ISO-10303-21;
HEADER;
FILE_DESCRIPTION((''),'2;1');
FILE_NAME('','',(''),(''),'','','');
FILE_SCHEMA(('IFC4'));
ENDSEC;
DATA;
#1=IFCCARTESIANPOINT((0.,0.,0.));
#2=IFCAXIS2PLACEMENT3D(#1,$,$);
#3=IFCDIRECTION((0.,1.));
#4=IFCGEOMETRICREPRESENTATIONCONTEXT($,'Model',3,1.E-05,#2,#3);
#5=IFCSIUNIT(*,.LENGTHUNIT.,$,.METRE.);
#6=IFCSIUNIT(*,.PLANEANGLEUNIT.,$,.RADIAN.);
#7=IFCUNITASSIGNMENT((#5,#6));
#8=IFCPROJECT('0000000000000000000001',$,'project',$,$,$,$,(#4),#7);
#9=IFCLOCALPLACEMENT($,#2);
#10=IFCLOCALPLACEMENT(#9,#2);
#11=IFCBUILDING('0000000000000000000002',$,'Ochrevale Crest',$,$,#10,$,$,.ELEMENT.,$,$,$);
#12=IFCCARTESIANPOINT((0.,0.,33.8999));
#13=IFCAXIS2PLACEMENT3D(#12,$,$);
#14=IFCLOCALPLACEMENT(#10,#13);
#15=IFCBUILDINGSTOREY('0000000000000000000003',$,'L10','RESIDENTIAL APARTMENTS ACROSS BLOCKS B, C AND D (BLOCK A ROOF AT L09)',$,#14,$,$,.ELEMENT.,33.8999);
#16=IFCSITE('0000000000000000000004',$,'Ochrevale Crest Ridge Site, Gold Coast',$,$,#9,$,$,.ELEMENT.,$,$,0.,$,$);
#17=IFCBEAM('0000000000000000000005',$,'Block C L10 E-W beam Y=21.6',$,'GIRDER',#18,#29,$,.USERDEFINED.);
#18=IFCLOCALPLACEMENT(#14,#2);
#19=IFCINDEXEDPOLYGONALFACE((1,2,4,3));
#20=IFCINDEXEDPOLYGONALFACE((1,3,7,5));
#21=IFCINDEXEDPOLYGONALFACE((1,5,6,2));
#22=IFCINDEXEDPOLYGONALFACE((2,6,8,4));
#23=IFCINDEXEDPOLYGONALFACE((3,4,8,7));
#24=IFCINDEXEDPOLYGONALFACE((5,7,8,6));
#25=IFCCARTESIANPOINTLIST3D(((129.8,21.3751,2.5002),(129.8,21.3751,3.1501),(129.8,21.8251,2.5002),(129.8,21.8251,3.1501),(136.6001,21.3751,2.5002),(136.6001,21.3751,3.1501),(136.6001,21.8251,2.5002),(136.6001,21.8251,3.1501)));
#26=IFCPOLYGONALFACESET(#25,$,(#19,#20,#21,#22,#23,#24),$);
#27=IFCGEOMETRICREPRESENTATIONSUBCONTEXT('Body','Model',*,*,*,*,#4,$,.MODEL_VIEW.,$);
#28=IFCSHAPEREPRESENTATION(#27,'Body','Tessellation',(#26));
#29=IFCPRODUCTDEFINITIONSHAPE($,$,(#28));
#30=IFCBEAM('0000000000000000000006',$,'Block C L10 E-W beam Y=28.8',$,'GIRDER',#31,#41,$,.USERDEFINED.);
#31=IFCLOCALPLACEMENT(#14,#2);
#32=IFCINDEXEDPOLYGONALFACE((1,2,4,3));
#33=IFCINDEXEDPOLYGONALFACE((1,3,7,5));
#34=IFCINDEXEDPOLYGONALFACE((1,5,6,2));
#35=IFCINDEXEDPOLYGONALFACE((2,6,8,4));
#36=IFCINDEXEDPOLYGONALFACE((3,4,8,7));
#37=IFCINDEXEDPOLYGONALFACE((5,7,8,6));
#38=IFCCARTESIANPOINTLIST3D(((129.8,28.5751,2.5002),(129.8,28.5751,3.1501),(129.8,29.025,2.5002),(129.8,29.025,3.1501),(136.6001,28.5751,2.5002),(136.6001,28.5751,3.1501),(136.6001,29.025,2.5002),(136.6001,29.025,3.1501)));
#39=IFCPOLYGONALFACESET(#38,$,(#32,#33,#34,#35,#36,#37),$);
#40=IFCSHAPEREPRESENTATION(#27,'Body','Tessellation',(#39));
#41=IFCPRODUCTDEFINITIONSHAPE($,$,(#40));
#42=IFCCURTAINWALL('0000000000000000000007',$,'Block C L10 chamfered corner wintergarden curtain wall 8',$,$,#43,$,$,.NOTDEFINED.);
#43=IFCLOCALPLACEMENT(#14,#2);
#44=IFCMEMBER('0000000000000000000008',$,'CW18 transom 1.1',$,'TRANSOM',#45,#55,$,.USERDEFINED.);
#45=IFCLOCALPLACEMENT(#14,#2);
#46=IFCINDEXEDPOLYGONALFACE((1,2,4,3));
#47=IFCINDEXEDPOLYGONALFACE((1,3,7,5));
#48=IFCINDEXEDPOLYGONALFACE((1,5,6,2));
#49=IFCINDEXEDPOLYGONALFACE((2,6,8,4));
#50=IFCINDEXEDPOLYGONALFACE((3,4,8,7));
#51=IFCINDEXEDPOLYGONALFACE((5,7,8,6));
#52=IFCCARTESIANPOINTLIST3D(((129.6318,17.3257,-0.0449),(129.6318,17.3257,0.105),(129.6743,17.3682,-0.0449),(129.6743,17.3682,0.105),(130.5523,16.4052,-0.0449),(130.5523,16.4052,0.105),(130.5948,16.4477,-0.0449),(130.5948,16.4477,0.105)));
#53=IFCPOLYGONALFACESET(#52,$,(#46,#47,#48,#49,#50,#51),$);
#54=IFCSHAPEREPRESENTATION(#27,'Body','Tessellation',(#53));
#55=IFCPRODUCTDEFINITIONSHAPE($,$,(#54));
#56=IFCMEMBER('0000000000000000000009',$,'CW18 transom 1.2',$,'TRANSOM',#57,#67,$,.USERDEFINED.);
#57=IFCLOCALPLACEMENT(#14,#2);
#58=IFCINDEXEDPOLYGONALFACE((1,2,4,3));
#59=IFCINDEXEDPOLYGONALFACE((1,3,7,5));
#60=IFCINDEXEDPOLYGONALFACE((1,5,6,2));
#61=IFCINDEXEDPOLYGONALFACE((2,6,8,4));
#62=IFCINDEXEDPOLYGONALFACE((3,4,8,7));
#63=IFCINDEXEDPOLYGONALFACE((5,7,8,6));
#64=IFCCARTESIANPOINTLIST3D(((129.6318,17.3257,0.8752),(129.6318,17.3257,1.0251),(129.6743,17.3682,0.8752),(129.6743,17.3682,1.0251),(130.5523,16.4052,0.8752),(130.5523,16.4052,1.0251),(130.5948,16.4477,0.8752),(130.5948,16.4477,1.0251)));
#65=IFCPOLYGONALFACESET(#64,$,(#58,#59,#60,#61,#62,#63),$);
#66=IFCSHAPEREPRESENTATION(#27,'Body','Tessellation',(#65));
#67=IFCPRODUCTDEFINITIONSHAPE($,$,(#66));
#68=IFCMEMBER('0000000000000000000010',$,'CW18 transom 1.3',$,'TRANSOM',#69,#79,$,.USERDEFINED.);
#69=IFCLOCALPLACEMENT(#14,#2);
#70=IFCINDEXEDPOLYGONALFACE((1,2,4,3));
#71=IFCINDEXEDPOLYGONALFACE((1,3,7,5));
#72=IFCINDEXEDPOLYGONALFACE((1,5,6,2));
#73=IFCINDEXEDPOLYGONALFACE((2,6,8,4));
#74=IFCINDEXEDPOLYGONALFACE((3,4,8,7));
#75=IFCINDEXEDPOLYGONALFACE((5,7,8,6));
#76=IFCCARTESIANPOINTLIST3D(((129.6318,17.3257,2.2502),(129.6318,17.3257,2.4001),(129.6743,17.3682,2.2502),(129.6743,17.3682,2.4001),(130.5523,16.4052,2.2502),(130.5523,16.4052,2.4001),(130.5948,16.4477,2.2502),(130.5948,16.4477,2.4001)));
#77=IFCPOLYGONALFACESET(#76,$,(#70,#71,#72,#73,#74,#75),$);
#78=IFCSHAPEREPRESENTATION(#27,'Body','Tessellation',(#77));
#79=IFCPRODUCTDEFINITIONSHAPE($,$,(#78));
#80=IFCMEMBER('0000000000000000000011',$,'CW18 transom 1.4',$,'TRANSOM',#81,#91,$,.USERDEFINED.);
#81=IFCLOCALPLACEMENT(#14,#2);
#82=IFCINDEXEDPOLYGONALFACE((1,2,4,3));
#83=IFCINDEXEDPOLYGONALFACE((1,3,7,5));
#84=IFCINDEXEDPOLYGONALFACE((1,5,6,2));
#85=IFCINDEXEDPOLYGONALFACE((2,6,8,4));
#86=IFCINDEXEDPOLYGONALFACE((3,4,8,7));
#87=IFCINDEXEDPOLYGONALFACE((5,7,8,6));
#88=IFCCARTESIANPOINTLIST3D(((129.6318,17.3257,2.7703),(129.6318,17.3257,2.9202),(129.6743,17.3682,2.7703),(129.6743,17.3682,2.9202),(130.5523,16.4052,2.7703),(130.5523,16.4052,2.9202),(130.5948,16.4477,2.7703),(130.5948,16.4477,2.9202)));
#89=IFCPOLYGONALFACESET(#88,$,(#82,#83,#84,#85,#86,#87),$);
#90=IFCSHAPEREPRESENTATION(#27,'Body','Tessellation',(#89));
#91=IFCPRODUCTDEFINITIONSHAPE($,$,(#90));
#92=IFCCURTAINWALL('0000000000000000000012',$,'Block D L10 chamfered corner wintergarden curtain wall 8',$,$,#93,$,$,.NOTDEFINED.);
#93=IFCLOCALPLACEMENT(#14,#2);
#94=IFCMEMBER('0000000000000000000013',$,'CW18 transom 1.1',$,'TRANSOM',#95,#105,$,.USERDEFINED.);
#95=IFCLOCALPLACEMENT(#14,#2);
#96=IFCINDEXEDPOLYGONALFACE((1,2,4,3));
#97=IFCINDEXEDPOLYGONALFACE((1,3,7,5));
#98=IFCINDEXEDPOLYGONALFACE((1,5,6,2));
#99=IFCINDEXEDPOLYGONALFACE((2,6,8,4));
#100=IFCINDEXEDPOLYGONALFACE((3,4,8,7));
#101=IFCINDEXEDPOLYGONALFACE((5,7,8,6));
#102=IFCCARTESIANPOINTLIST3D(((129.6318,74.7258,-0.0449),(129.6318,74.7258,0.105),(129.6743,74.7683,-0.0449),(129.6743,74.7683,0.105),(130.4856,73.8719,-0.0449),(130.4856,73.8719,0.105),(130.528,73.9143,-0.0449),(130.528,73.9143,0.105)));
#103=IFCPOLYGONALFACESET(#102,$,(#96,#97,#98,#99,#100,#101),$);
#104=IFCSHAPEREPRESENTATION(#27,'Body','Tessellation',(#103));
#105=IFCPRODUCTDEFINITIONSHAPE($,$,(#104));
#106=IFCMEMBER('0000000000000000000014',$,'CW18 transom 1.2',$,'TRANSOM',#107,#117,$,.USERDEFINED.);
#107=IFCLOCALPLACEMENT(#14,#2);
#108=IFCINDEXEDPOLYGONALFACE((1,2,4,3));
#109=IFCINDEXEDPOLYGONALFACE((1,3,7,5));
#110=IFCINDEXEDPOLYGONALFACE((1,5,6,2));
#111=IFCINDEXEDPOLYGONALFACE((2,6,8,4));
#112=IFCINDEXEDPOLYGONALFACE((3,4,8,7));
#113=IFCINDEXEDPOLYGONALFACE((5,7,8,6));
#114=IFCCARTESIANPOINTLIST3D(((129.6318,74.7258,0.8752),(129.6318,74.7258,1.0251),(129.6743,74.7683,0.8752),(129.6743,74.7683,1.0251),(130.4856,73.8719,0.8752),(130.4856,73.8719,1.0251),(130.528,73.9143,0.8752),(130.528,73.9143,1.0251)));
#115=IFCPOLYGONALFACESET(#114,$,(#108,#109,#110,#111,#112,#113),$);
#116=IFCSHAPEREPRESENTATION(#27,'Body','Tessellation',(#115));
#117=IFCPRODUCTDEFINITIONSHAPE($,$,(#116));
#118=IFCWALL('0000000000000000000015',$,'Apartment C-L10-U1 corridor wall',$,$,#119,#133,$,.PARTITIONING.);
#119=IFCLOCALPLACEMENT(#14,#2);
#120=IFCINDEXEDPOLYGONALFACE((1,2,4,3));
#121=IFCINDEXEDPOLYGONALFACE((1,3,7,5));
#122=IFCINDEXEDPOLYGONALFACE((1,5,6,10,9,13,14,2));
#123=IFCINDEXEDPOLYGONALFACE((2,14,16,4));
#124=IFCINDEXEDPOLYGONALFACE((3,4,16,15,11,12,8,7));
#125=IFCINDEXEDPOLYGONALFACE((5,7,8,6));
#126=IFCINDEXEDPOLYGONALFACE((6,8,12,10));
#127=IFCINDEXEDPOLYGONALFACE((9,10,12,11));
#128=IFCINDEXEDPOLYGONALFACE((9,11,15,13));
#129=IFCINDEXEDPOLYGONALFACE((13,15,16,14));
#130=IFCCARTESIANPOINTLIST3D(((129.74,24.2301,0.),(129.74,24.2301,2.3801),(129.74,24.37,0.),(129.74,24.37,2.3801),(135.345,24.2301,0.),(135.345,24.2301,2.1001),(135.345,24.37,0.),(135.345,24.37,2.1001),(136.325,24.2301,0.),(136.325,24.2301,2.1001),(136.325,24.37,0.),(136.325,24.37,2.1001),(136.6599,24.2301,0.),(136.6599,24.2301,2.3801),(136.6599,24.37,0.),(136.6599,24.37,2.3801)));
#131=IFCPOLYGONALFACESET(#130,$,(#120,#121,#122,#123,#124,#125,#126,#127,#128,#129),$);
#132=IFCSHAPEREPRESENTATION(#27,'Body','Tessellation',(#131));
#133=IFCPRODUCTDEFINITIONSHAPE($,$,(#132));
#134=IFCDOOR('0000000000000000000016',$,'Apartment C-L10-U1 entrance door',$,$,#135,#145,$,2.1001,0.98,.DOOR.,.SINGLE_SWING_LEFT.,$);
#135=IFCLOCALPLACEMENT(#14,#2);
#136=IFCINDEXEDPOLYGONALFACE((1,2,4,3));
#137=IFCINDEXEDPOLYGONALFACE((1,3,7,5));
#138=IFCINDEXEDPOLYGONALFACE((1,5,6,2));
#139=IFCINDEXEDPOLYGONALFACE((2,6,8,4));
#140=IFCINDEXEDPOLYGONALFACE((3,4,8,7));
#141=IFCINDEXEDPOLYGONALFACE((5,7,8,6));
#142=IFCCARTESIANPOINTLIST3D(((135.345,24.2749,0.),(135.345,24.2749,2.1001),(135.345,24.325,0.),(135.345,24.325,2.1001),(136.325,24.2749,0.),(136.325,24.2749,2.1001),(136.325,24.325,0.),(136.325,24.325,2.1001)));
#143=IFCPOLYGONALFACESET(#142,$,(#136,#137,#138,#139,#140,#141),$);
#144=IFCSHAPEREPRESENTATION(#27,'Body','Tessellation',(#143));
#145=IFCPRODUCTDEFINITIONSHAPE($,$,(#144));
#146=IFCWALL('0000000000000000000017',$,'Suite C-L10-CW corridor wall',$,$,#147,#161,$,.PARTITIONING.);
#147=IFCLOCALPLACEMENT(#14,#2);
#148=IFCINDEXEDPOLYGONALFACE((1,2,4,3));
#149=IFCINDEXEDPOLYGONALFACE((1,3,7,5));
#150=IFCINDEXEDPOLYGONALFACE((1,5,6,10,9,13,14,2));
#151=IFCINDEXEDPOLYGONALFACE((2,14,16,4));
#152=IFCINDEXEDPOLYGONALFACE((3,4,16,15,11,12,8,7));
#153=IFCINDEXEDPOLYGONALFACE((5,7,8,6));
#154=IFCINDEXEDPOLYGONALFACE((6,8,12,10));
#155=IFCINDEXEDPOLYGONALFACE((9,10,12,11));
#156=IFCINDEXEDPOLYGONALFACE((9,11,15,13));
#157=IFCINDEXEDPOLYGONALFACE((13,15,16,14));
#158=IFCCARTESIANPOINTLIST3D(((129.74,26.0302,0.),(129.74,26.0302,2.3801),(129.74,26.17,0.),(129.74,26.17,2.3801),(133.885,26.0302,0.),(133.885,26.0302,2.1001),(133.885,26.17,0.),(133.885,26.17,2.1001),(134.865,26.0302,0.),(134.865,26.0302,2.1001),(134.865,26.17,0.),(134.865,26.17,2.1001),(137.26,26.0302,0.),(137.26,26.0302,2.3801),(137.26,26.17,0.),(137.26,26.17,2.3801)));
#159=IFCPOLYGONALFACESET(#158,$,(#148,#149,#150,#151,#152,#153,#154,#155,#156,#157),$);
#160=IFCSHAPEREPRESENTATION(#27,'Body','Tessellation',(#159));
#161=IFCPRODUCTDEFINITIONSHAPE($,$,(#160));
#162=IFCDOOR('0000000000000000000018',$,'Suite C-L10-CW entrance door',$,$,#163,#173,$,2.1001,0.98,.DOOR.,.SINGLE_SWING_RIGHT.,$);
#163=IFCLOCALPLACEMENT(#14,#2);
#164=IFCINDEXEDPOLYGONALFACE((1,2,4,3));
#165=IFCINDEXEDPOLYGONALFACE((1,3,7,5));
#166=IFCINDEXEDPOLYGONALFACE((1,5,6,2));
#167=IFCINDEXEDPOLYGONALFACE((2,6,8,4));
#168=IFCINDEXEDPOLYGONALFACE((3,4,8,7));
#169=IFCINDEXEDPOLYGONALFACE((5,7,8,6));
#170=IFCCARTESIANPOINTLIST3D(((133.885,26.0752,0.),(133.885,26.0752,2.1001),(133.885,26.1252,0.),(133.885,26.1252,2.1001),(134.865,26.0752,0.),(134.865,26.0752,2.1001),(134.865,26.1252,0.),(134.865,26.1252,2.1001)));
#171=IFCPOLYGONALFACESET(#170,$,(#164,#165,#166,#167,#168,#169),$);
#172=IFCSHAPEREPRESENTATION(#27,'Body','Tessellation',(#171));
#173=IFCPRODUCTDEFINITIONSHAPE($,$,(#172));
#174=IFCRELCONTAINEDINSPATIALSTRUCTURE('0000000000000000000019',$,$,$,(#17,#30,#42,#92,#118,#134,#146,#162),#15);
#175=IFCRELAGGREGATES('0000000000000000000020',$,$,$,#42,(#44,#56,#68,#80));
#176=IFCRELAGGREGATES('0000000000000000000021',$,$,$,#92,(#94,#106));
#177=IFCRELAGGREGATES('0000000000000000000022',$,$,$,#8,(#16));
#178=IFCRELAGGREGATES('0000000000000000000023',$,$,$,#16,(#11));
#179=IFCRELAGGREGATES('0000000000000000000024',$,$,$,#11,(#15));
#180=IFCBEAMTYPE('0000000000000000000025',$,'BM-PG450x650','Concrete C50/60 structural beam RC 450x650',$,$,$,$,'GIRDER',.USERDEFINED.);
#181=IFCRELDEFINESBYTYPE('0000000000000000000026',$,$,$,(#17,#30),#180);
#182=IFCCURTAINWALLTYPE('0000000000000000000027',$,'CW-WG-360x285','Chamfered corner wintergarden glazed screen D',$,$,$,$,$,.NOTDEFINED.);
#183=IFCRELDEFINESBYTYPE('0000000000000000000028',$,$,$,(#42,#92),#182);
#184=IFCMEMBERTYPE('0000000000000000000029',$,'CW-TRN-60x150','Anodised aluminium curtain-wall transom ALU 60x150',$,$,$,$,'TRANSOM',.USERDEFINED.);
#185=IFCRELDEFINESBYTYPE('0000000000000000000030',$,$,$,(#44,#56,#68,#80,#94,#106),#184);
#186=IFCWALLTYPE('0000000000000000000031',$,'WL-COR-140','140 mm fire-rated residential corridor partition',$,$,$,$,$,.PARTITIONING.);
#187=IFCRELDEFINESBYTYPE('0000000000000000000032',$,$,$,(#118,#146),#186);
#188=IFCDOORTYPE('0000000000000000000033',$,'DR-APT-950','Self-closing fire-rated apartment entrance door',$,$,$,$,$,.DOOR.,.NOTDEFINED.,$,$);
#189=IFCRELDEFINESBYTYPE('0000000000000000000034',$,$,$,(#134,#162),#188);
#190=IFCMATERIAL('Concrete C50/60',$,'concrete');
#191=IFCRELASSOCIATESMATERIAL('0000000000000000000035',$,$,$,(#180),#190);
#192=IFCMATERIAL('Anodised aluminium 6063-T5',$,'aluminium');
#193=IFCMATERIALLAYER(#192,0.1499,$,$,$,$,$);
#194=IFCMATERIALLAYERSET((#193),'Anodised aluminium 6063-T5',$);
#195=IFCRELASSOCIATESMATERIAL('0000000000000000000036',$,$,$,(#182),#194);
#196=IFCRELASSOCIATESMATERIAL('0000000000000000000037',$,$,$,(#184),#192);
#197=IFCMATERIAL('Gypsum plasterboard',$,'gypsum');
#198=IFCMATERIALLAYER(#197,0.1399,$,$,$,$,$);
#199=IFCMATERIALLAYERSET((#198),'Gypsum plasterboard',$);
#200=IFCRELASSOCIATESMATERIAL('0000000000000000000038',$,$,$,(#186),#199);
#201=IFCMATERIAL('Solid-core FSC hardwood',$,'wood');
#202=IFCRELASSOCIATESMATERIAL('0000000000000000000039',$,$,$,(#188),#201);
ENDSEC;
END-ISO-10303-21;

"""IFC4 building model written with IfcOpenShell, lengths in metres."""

from ifc_helpers import new_model, si_unit, direction, frame, frame_2d, origin, origin_2d, place, context, subcontext, project, spatial, rectangle, extrude, material, layer, layer_set, material_profile, profile_set, type_object, element, fill, aggregate, save


model = new_model("IFC4")

# Units and contexts
model_context = context("Model", 3, precision=1e-05, world=origin(), true_north=direction((0.0, 1.0)))
body_context = subcontext(model_context, "Body", "Model", "MODEL_VIEW")
ifc_project = project(units=[si_unit("LENGTHUNIT", "METRE"), si_unit("PLANEANGLEUNIT", "RADIAN")], contexts=[model_context])

# Site, building, storey
site_placement = place(None, origin())
site = spatial("IfcSite", under=ifc_project, at=site_placement, Name="Ochrevale Crest Ridge Site, Gold Coast", CompositionType="ELEMENT", RefElevation=0.0)
building_placement = place(site_placement, origin())
building = spatial("IfcBuilding", under=site, at=building_placement, Name="Ochrevale Crest", CompositionType="ELEMENT")
storey_placement = place(building_placement, frame((0.0, 0.0, 33.8999)))
storey = spatial("IfcBuildingStorey", under=building, at=storey_placement, Name="L10", Description="RESIDENTIAL APARTMENTS ACROSS BLOCKS B, C AND D (BLOCK A ROOF AT L09)", CompositionType="ELEMENT", Elevation=33.8999)

# Beams
ifc_material_1 = material(Name="Concrete C50/60", Category="concrete")
ifc_material_profile_1 = material_profile(ifc_material_1, rectangle(XDim=0.45, YDim=0.6499, at=origin_2d()), Name="RC 450x650")
ifc_profile_set_1 = profile_set([ifc_material_profile_1], Name="Concrete C50/60")
beam_type = type_object("IfcBeamType", Name="BM-PG450x650", Description="Concrete C50/60 structural beam RC 450x650", ElementType="GIRDER", PredefinedType="USERDEFINED", material=ifc_profile_set_1)
for number, where, z_axis, x_axis, name in (
    (1, (129.8, 21.6001, 2.8252), (1.0, 0.0, 0.0), (0.0, 1.0, 0.0), "Block C L10 E-W beam Y=21.6"),
    (2, (129.8, 28.8, 2.8252), (1.0, 0.0, 0.0), (0.0, 1.0, 0.0), "Block C L10 E-W beam Y=28.8"),
):
    element("IfcBeam", number, at=place(storey_placement, frame(where, z_axis=z_axis, x_axis=x_axis)), inside=storey, type_object=beam_type, Name=name, ObjectType="GIRDER", PredefinedType="USERDEFINED", context=body_context, shape_type="SweptSolid", body=[
        extrude(rectangle(XDim=0.45, YDim=0.6499, at=origin_2d()), origin(), (0.0, 0.0, 1.0), 6.8),
    ])

# Curtain walls, members
ifc_material_2 = material(Name="Anodised aluminium 6063-T5", Category="aluminium")
ifc_layer_1 = layer(ifc_material_2, 0.1499)
ifc_layer_set_1 = layer_set([ifc_layer_1], Name="Anodised aluminium 6063-T5")
curtain_wall_type = type_object("IfcCurtainWallType", Name="CW-WG-360x285", Description="Chamfered corner wintergarden glazed screen D", PredefinedType="NOTDEFINED", material=ifc_layer_set_1)
curtain_wall_1_placement = place(storey_placement, origin())
curtain_wall_1 = element("IfcCurtainWall", 3, at=curtain_wall_1_placement, inside=storey, type_object=curtain_wall_type, Name="Block C L10 chamfered corner wintergarden curtain wall 8", PredefinedType="NOTDEFINED")
ifc_material_profile_2 = material_profile(ifc_material_2, rectangle(XDim=0.0601, YDim=0.1499, at=origin_2d()), Name="ALU 60x150")
ifc_profile_set_2 = profile_set([ifc_material_profile_2], Name="Anodised aluminium 6063-T5")
member_type = type_object("IfcMemberType", Name="CW-TRN-60x150", Description="Anodised aluminium curtain-wall transom ALU 60x150", ElementType="TRANSOM", PredefinedType="USERDEFINED", material=ifc_profile_set_2)
member_1_placement = place(storey_placement, frame((129.6531, 17.3469, 0.03), z_axis=(0.707107, -0.707107, 0.0), x_axis=(0.707107, 0.707107, 0.0)))
member_1 = element("IfcMember", 4, at=member_1_placement, type_object=member_type, Name="CW18 transom 1.1", ObjectType="TRANSOM", PredefinedType="USERDEFINED", context=body_context, shape_type="SweptSolid", body=[
    extrude(rectangle(XDim=0.0601, YDim=0.1499, at=origin_2d()), origin(), (0.0, 0.0, 1.0), 1.3018),
])
member_2_placement = place(storey_placement, frame((129.6531, 17.3469, 0.9502), z_axis=(0.707107, -0.707107, 0.0), x_axis=(0.707107, 0.707107, 0.0)))
member_2 = element("IfcMember", 5, at=member_2_placement, type_object=member_type, Name="CW18 transom 1.2", ObjectType="TRANSOM", PredefinedType="USERDEFINED", context=body_context, shape_type="SweptSolid", body=[
    extrude(rectangle(XDim=0.0601, YDim=0.1499, at=origin_2d()), origin(), (0.0, 0.0, 1.0), 1.3018),
])
member_3_placement = place(storey_placement, frame((129.6531, 17.3469, 2.3252), z_axis=(0.707107, -0.707107, 0.0), x_axis=(0.707107, 0.707107, 0.0)))
member_3 = element("IfcMember", 6, at=member_3_placement, type_object=member_type, Name="CW18 transom 1.3", ObjectType="TRANSOM", PredefinedType="USERDEFINED", context=body_context, shape_type="SweptSolid", body=[
    extrude(rectangle(XDim=0.0601, YDim=0.1499, at=origin_2d()), origin(), (0.0, 0.0, 1.0), 1.3018),
])
member_4_placement = place(storey_placement, frame((129.6531, 17.3469, 2.8452), z_axis=(0.707107, -0.707107, 0.0), x_axis=(0.707107, 0.707107, 0.0)))
member_4 = element("IfcMember", 7, at=member_4_placement, type_object=member_type, Name="CW18 transom 1.4", ObjectType="TRANSOM", PredefinedType="USERDEFINED", context=body_context, shape_type="SweptSolid", body=[
    extrude(rectangle(XDim=0.0601, YDim=0.1499, at=origin_2d()), origin(), (0.0, 0.0, 1.0), 1.3018),
])
aggregate(curtain_wall_1, [member_1, member_2, member_3, member_4])
curtain_wall_2_placement = place(storey_placement, origin())
curtain_wall_2 = element("IfcCurtainWall", 8, at=curtain_wall_2_placement, inside=storey, type_object=curtain_wall_type, Name="Block D L10 chamfered corner wintergarden curtain wall 8", PredefinedType="NOTDEFINED")
member_5_placement = place(storey_placement, frame((129.6531, 74.7471, 0.03), z_axis=(0.707006, -0.707208, 0.0), x_axis=(0.707208, 0.707006, 0.0)))
member_5 = element("IfcMember", 9, at=member_5_placement, type_object=member_type, Name="CW18 transom 1.1", ObjectType="TRANSOM", PredefinedType="USERDEFINED", context=body_context, shape_type="SweptSolid", body=[
    extrude(rectangle(XDim=0.0601, YDim=0.1499, at=origin_2d()), origin(), (0.0, 0.0, 1.0), 1.2075),
])
member_6_placement = place(storey_placement, frame((129.6531, 74.7471, 0.9502), z_axis=(0.707006, -0.707208, 0.0), x_axis=(0.707208, 0.707006, 0.0)))
member_6 = element("IfcMember", 10, at=member_6_placement, type_object=member_type, Name="CW18 transom 1.2", ObjectType="TRANSOM", PredefinedType="USERDEFINED", context=body_context, shape_type="SweptSolid", body=[
    extrude(rectangle(XDim=0.0601, YDim=0.1499, at=origin_2d()), origin(), (0.0, 0.0, 1.0), 1.2075),
])
aggregate(curtain_wall_2, [member_5, member_6])

# Walls, openings, doors
ifc_material_3 = material(Name="Gypsum plasterboard", Category="gypsum")
ifc_layer_2 = layer(ifc_material_3, 0.1399)
ifc_layer_set_2 = layer_set([ifc_layer_2], Name="Gypsum plasterboard")
wall_type_1 = type_object("IfcWallType", Name="WL-COR-140", Description="140 mm fire-rated residential corridor partition", PredefinedType="PARTITIONING", material=ifc_layer_set_2)
wall_1_placement = place(storey_placement, frame((129.74, 24.3, 0.0), z_axis=(0.0, 0.0, 1.0), x_axis=(1.0, 0.0, 0.0)))
wall_1 = element("IfcWall", 11, at=wall_1_placement, inside=storey, type_object=wall_type_1, Name="Apartment C-L10-U1 corridor wall", PredefinedType="PARTITIONING", context=body_context, shape_type="SweptSolid", body=[
    extrude(rectangle(XDim=6.9199, YDim=0.1399, at=frame_2d((3.46, 0.0))), origin(), (0.0, 0.0, 1.0), 2.3801),
])
opening_1_placement = place(wall_1_placement, frame((5.605, 0.0, 0.0)))
opening_1 = element("IfcOpeningElement", 12, at=opening_1_placement, cuts=wall_1, PredefinedType="OPENING", context=body_context, shape_type="SweptSolid", body=[
    extrude(rectangle(XDim=0.98, YDim=2.1001, at=frame_2d((0.49, 1.05))), frame((0.0, 0.0801, 0.0), z_axis=(0.0, -1.0, 0.0), x_axis=(1.0, 0.0, 0.0)), (0.0, 0.0, 1.0), 0.1599),
])
ifc_material_4 = material(Name="Solid-core FSC hardwood", Category="wood")
door_type_1 = type_object("IfcDoorType", Name="DR-APT-950", Description="Self-closing fire-rated apartment entrance door", OperationType="NOTDEFINED", PredefinedType="DOOR", material=ifc_material_4)
door_1_placement = place(opening_1_placement, origin())
door_1 = element("IfcDoor", 13, at=door_1_placement, inside=storey, type_object=door_type_1, Name="Apartment C-L10-U1 entrance door", OperationType="SINGLE_SWING_LEFT", OverallHeight=2.1001, OverallWidth=0.98, PredefinedType="DOOR", context=body_context, shape_type="SweptSolid", body=[
    extrude(rectangle(XDim=0.98, YDim=2.1001, at=frame_2d((0.49, 1.05))), frame((0.0, 0.0249, 0.0), z_axis=(0.0, -1.0, 0.0), x_axis=(1.0, 0.0, 0.0)), (0.0, 0.0, 1.0), 0.05),
])
fill(opening_1, door_1)
wall_2_placement = place(storey_placement, frame((129.74, 26.1001, 0.0), z_axis=(0.0, 0.0, 1.0), x_axis=(1.0, 0.0, 0.0)))
wall_2 = element("IfcWall", 14, at=wall_2_placement, inside=storey, type_object=wall_type_1, Name="Suite C-L10-CW corridor wall", PredefinedType="PARTITIONING", context=body_context, shape_type="SweptSolid", body=[
    extrude(rectangle(XDim=7.52, YDim=0.1399, at=frame_2d((3.76, 0.0))), origin(), (0.0, 0.0, 1.0), 2.3801),
])
opening_2_placement = place(wall_2_placement, frame((5.125, 0.0, 0.0), z_axis=(0.0, 0.0, 1.0), x_axis=(-1.0, 0.0, 0.0)))
opening_2 = element("IfcOpeningElement", 15, at=opening_2_placement, cuts=wall_2, PredefinedType="OPENING", context=body_context, shape_type="SweptSolid", body=[
    extrude(rectangle(XDim=0.98, YDim=2.1001, at=frame_2d((0.49, 1.05))), frame((0.0, 0.0801, 0.0), z_axis=(0.0, -1.0, 0.0), x_axis=(1.0, 0.0, 0.0)), (0.0, 0.0, 1.0), 0.1599),
])
door_2_placement = place(opening_2_placement, origin())
door_2 = element("IfcDoor", 16, at=door_2_placement, inside=storey, type_object=door_type_1, Name="Suite C-L10-CW entrance door", OperationType="SINGLE_SWING_RIGHT", OverallHeight=2.1001, OverallWidth=0.98, PredefinedType="DOOR", context=body_context, shape_type="SweptSolid", body=[
    extrude(rectangle(XDim=0.98, YDim=2.1001, at=frame_2d((0.49, 1.05))), frame((0.0, 0.0249, 0.0), z_axis=(0.0, -1.0, 0.0), x_axis=(1.0, 0.0, 0.0)), (0.0, 0.0, 1.0), 0.05),
])
fill(opening_2, door_2)

save(model, "model.ifc")
